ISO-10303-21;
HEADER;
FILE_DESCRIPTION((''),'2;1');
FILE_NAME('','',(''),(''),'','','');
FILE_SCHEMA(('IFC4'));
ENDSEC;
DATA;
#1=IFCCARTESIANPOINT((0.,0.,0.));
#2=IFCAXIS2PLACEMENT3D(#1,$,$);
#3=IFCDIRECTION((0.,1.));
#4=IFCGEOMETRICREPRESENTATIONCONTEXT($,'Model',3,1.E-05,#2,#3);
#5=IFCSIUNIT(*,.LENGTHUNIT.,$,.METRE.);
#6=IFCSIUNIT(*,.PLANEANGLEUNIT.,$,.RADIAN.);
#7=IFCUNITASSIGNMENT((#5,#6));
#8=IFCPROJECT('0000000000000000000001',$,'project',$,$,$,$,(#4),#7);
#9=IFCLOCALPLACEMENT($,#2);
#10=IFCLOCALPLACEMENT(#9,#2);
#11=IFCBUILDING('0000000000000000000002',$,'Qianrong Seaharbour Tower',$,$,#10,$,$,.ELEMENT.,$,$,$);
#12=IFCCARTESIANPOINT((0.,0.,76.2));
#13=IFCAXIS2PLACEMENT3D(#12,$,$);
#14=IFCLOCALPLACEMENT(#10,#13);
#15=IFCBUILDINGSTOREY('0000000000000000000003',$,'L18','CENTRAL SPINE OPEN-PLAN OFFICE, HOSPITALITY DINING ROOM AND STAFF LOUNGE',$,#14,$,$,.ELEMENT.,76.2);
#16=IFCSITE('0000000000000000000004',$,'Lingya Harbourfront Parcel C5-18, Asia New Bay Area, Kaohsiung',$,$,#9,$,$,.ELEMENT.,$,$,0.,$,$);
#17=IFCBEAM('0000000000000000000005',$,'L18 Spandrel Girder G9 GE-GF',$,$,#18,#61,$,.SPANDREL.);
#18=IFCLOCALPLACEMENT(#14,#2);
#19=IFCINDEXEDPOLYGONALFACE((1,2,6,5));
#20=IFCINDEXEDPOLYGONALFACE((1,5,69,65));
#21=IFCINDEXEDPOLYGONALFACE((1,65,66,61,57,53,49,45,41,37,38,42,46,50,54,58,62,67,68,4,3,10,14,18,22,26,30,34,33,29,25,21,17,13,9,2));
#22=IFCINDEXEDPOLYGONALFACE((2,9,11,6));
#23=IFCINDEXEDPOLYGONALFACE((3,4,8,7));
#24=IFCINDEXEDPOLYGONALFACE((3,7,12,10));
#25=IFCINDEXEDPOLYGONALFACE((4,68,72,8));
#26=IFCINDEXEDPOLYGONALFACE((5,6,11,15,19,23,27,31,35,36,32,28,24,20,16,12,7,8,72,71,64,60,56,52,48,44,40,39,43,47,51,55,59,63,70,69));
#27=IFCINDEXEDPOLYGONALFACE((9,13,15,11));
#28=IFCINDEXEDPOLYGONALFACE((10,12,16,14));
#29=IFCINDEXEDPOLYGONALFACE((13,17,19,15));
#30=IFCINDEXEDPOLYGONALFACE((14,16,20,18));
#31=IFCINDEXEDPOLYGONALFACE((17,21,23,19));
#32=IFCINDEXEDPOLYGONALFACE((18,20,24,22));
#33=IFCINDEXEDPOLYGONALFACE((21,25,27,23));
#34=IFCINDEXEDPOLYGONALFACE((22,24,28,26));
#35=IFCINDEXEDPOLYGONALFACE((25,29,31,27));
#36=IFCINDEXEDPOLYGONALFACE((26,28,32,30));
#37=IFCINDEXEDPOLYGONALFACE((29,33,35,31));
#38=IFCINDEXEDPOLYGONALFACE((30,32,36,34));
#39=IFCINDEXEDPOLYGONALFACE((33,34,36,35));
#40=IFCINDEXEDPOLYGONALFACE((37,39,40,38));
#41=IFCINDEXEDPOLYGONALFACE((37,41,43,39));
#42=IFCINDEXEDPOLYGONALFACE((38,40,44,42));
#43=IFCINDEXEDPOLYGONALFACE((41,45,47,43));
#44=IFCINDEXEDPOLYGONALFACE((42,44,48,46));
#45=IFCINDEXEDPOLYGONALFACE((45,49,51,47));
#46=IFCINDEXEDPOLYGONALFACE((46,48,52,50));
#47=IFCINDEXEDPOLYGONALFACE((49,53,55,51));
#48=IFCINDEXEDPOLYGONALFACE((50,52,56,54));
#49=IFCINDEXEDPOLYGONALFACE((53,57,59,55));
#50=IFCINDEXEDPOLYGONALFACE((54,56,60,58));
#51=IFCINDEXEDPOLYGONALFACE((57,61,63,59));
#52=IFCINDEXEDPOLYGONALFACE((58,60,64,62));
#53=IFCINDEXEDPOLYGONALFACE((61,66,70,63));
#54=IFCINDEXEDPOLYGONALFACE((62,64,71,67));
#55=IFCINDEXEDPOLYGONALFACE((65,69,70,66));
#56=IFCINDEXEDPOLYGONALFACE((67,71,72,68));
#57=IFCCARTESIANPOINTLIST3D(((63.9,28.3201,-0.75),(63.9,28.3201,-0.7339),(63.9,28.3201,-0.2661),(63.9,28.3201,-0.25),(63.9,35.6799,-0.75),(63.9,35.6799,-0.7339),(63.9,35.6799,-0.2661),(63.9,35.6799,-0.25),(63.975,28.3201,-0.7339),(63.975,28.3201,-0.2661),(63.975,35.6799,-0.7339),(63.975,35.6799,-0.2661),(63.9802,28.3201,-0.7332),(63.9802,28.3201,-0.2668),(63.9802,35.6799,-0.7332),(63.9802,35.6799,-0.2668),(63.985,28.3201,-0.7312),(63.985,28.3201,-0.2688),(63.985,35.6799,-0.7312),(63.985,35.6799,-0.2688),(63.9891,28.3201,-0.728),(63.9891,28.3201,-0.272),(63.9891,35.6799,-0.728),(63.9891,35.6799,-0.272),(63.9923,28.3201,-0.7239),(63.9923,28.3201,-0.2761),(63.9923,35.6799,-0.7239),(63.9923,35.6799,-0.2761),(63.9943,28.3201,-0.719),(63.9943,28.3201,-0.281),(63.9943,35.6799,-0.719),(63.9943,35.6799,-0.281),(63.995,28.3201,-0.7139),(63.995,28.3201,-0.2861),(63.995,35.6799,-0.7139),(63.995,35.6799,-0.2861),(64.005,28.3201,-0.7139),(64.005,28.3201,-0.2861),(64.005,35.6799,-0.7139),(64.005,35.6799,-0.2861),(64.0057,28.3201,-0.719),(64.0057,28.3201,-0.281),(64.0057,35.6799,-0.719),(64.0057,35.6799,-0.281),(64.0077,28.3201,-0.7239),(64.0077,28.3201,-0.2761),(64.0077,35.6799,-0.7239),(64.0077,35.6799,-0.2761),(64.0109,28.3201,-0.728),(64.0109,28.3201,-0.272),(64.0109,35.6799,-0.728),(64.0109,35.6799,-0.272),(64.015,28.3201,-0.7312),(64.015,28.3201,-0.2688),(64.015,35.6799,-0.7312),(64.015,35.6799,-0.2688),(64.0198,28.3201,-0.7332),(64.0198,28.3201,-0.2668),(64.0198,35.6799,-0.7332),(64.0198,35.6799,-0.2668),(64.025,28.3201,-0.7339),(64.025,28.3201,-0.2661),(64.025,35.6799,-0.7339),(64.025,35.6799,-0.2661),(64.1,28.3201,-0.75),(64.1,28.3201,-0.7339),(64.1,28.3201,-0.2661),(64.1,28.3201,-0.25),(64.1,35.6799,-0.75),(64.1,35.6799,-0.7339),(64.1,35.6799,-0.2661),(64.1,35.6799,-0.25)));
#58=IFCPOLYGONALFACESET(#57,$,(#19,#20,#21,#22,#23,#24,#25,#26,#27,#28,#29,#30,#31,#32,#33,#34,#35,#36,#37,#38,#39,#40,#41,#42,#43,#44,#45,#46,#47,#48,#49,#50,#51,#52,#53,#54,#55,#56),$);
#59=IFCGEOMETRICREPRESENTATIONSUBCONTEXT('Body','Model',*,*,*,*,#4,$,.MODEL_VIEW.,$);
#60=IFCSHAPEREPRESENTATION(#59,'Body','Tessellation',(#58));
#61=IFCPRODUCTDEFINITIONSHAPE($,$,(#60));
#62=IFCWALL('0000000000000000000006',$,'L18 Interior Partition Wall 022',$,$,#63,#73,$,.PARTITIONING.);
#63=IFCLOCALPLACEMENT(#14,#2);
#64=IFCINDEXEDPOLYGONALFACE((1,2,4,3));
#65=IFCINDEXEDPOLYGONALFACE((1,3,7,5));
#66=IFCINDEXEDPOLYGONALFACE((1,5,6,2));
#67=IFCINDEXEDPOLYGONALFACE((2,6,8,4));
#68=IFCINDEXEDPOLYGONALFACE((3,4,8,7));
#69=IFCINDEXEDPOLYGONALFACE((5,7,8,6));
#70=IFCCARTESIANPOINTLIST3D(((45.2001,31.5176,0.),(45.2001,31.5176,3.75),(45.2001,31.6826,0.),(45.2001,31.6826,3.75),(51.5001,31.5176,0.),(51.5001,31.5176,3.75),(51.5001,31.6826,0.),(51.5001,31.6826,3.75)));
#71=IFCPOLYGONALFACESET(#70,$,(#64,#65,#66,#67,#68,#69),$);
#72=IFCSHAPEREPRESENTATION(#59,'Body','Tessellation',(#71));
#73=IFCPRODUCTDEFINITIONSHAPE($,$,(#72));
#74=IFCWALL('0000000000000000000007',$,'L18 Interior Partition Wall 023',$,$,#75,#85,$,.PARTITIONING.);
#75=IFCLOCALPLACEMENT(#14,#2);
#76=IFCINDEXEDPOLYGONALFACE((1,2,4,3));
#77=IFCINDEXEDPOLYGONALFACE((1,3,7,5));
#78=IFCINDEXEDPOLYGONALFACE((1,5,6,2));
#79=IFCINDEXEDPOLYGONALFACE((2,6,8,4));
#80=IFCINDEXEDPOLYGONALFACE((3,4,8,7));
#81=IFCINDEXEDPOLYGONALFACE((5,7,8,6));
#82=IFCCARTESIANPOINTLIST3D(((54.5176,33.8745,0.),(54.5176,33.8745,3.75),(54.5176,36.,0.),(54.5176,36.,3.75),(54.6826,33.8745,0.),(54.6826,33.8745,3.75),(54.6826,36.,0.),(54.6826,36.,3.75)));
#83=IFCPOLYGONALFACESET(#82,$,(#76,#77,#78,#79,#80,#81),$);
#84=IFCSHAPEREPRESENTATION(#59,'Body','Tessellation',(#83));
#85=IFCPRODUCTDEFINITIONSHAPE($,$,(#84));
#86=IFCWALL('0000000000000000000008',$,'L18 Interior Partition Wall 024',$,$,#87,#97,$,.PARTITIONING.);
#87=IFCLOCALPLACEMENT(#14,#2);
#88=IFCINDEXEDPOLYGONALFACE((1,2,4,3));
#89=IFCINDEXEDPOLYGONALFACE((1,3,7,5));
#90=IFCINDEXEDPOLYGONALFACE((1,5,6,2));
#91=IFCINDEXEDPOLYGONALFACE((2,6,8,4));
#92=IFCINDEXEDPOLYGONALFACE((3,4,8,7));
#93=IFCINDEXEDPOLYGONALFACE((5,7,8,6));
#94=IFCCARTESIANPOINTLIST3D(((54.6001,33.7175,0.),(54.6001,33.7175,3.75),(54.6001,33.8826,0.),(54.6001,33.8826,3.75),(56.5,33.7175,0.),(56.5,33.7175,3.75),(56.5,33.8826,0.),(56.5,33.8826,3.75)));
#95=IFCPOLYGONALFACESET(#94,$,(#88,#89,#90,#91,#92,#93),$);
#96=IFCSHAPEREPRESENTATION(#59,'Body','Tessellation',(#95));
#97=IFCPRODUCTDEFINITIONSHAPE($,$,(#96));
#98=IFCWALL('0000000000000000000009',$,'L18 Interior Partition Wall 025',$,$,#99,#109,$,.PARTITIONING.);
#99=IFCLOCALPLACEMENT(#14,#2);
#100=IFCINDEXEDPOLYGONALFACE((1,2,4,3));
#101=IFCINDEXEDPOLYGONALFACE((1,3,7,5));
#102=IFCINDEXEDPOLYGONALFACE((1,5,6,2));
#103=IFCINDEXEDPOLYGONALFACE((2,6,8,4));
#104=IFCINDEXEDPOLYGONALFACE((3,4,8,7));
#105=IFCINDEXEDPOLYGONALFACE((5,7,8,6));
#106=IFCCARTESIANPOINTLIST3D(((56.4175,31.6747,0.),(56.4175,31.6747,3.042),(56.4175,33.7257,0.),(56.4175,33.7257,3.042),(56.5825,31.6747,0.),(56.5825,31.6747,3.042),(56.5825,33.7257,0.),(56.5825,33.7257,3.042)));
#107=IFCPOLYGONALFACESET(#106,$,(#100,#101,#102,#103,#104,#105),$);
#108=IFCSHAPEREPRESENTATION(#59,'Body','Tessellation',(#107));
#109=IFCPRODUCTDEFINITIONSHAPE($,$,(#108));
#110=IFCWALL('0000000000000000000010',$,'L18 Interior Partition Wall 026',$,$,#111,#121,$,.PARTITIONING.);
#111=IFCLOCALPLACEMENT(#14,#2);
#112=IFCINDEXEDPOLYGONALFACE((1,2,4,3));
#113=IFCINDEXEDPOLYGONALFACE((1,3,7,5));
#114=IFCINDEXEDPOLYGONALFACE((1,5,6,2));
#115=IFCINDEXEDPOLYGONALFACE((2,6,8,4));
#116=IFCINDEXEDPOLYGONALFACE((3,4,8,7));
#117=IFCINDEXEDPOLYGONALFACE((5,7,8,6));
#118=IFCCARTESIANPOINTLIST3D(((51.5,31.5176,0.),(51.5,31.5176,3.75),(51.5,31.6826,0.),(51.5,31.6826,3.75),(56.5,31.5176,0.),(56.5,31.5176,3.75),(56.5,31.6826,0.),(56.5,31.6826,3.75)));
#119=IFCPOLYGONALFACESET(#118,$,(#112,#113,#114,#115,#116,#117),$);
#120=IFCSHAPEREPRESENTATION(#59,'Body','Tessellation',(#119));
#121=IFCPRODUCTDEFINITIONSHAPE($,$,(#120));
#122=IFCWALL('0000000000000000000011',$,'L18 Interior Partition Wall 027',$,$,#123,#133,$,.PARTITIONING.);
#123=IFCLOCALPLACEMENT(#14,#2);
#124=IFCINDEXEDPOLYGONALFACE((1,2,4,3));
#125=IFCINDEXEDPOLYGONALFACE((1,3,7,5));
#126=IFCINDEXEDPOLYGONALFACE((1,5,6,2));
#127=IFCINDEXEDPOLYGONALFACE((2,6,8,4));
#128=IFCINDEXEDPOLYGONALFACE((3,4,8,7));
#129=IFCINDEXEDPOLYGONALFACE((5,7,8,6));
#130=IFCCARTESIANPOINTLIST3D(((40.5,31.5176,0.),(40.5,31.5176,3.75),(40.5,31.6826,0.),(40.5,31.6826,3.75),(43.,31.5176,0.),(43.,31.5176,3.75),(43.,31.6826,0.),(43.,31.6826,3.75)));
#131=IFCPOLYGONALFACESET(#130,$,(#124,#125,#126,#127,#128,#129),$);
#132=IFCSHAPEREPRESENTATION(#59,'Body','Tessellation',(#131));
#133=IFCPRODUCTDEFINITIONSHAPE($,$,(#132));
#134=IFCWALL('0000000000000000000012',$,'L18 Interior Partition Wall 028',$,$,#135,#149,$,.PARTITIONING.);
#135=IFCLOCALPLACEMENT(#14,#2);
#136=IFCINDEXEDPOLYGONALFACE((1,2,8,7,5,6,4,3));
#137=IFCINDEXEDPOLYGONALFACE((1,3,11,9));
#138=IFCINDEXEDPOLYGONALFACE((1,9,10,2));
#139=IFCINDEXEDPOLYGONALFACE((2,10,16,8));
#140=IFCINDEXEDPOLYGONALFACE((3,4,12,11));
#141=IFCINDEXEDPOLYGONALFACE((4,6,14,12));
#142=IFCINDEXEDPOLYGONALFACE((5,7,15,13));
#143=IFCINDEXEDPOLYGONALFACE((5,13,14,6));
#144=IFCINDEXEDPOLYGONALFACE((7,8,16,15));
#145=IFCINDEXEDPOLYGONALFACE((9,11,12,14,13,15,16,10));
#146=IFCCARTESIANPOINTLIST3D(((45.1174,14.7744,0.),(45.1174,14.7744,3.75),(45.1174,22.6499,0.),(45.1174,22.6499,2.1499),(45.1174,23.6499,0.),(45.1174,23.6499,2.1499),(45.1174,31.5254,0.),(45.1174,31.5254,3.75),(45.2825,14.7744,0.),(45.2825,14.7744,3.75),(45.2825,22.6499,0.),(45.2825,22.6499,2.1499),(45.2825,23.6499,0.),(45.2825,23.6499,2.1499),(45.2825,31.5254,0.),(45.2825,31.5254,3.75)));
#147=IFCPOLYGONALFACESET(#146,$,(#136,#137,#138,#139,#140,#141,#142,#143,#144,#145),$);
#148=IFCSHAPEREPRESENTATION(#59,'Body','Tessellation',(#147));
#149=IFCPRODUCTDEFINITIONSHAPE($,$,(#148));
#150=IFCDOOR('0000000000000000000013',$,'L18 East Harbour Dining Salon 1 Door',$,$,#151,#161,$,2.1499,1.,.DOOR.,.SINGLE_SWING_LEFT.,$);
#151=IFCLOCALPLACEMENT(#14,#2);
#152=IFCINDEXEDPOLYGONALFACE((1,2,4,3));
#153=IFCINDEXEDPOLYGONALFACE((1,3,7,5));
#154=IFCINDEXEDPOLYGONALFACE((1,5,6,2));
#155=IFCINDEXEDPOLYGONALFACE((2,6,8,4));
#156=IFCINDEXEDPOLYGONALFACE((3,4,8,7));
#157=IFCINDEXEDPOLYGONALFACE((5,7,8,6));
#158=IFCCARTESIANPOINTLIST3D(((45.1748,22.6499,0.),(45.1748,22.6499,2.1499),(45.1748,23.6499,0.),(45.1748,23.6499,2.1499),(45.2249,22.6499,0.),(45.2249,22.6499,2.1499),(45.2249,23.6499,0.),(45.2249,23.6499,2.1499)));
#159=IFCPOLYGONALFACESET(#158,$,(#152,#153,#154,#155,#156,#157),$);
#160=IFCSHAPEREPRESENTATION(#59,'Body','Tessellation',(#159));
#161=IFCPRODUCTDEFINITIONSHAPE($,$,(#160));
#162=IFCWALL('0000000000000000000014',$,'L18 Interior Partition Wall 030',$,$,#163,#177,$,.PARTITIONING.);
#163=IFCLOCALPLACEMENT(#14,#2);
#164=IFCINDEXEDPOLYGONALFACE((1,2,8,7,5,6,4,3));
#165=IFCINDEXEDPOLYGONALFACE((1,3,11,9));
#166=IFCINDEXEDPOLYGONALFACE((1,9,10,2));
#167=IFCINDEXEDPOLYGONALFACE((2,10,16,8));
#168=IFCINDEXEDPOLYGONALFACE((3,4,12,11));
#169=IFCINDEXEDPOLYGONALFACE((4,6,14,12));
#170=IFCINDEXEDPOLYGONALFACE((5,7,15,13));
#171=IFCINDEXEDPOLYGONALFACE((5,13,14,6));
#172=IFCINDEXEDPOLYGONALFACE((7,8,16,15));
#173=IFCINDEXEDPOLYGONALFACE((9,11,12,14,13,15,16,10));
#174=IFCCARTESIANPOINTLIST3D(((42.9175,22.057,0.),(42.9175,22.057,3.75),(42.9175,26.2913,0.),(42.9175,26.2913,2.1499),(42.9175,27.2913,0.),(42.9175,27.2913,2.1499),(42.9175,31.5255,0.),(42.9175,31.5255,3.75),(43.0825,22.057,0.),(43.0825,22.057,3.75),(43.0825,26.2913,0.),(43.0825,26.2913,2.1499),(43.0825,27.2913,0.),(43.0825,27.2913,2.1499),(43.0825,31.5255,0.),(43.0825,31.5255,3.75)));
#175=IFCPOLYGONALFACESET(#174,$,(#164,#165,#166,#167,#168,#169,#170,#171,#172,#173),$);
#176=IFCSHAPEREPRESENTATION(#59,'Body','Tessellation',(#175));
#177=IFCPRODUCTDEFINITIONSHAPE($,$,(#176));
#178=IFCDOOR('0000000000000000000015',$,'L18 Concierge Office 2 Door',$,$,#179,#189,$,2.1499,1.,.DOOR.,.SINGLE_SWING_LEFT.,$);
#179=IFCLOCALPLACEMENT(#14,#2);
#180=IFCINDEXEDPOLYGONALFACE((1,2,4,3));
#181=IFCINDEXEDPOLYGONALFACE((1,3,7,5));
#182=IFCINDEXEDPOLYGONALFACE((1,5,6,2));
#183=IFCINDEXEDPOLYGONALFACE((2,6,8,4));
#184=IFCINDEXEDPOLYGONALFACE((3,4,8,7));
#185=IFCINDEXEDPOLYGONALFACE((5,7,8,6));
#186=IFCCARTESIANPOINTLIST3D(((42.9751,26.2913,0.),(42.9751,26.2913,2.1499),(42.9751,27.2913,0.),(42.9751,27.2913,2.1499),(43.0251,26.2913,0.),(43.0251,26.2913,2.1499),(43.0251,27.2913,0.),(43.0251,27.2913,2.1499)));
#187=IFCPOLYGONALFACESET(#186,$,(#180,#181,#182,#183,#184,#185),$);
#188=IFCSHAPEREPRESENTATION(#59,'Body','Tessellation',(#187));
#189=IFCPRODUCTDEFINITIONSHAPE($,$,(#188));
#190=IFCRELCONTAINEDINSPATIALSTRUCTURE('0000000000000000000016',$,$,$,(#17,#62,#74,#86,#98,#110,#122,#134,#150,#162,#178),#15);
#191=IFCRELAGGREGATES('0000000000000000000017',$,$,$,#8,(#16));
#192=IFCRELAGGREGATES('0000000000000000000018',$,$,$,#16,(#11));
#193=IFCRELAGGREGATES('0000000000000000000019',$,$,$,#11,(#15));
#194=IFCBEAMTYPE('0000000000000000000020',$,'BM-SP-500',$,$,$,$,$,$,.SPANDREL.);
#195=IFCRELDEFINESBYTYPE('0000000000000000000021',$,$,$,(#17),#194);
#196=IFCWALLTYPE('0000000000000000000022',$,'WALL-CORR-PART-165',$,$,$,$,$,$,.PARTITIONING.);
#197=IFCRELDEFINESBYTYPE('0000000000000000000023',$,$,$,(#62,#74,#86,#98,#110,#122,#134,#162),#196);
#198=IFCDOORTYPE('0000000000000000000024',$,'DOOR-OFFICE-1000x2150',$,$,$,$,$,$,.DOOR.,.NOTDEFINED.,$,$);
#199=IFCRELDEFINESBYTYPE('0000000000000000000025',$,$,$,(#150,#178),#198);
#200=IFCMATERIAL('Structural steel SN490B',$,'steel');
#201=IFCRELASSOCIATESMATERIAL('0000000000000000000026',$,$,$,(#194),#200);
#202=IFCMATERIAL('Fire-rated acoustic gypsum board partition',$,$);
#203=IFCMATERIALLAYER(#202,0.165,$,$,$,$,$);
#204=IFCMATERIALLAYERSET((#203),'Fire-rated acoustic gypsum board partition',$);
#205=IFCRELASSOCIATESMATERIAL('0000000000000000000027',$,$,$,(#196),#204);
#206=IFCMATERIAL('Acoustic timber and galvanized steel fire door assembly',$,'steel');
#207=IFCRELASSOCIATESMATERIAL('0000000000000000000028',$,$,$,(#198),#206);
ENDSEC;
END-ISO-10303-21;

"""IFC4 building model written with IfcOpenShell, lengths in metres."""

from ifc_helpers import new_model, si_unit, direction, frame, frame_2d, origin, origin_2d, place, context, subcontext, project, spatial, rectangle, i_section, extrude, material, layer, layer_set, material_profile, profile_set, type_object, element, fill, save


model = new_model("IFC4")

# Units and contexts
model_context = context("Model", 3, precision=1e-05, world=origin(), true_north=direction((0.0, 1.0)))
body_context = subcontext(model_context, "Body", "Model", "MODEL_VIEW")
ifc_project = project(units=[si_unit("LENGTHUNIT", "METRE"), si_unit("PLANEANGLEUNIT", "RADIAN")], contexts=[model_context])

# Site, building, storey
site_placement = place(None, origin())
site = spatial("IfcSite", under=ifc_project, at=site_placement, Name="Lingya Harbourfront Parcel C5-18, Asia New Bay Area, Kaohsiung", CompositionType="ELEMENT", RefElevation=0.0)
building_placement = place(site_placement, origin())
building = spatial("IfcBuilding", under=site, at=building_placement, Name="Qianrong Seaharbour Tower", CompositionType="ELEMENT")
storey_placement = place(building_placement, frame((0.0, 0.0, 76.2)))
storey = spatial("IfcBuildingStorey", under=building, at=storey_placement, Name="L18", Description="CENTRAL SPINE OPEN-PLAN OFFICE, HOSPITALITY DINING ROOM AND STAFF LOUNGE", CompositionType="ELEMENT", Elevation=76.2)

# Shared definitions
ifc_material_1 = material(Name="Structural steel SN490B", Category="steel")

# Beam
ifc_material_profile_1 = material_profile(ifc_material_1, i_section(OverallWidth=0.2, OverallDepth=0.5, WebThickness=0.01, FlangeThickness=0.0161, FilletRadius=0.02, at=origin_2d()), Name="H500x200x10x16")
ifc_profile_set_1 = profile_set([ifc_material_profile_1], Name="Structural steel SN490B")
beam_type_1 = type_object("IfcBeamType", Name="BM-SP-500", PredefinedType="SPANDREL", material=ifc_profile_set_1)
beam_1_placement = place(storey_placement, frame((64.0, 28.3201, -0.5), z_axis=(0.0, 1.0, 0.0), x_axis=(-1.0, 0.0, 0.0)))
element("IfcBeam", 1, at=beam_1_placement, inside=storey, type_object=beam_type_1, Name="L18 Spandrel Girder G9 GE-GF", PredefinedType="SPANDREL", context=body_context, shape_type="SweptSolid", body=[
    extrude(i_section(OverallWidth=0.2, OverallDepth=0.5, WebThickness=0.01, FlangeThickness=0.0161, FilletRadius=0.02, at=origin_2d()), origin(), (0.0, 0.0, 1.0), 7.3599),
])

# Walls
ifc_material_2 = material(Name="Fire-rated acoustic gypsum board partition")
ifc_layer_1 = layer(ifc_material_2, 0.165)
ifc_layer_set_1 = layer_set([ifc_layer_1], Name="Fire-rated acoustic gypsum board partition")
wall_type_1 = type_object("IfcWallType", Name="WALL-CORR-PART-165", PredefinedType="PARTITIONING", material=ifc_layer_set_1)
wall_1_placement = place(storey_placement, frame((51.5, 31.6001, 0.0), z_axis=(0.0, 0.0, 1.0), x_axis=(-1.0, 0.0, 0.0)))
element("IfcWall", 2, at=wall_1_placement, inside=storey, type_object=wall_type_1, Name="L18 Interior Partition Wall 022", PredefinedType="PARTITIONING", context=body_context, shape_type="SweptSolid", body=[
    extrude(rectangle(XDim=6.3, YDim=0.165, at=frame_2d((3.1499, 0.0))), origin(), (0.0, 0.0, 1.0), 3.75),
])
wall_2_placement = place(storey_placement, frame((54.6001, 36.0, 0.0), z_axis=(0.0, 0.0, 1.0), x_axis=(0.0, -1.0, 0.0)))
element("IfcWall", 3, at=wall_2_placement, inside=storey, type_object=wall_type_1, Name="L18 Interior Partition Wall 023", PredefinedType="PARTITIONING", context=body_context, shape_type="SweptSolid", body=[
    extrude(rectangle(XDim=2.1255, YDim=0.165, at=frame_2d((1.0627, 0.0))), origin(), (0.0, 0.0, 1.0), 3.75),
])
wall_3_placement = place(storey_placement, frame((54.6001, 33.8, 0.0), z_axis=(0.0, 0.0, 1.0), x_axis=(1.0, 0.0, 0.0)))
element("IfcWall", 4, at=wall_3_placement, inside=storey, type_object=wall_type_1, Name="L18 Interior Partition Wall 024", PredefinedType="PARTITIONING", context=body_context, shape_type="SweptSolid", body=[
    extrude(rectangle(XDim=1.8999, YDim=0.165, at=frame_2d((0.95, 0.0))), origin(), (0.0, 0.0, 1.0), 3.75),
])
wall_4_placement = place(storey_placement, frame((56.5, 33.7256, 0.0), z_axis=(0.0, 0.0, 1.0), x_axis=(0.0, -1.0, 0.0)))
element("IfcWall", 5, at=wall_4_placement, inside=storey, type_object=wall_type_1, Name="L18 Interior Partition Wall 025", PredefinedType="PARTITIONING", context=body_context, shape_type="SweptSolid", body=[
    extrude(rectangle(XDim=2.051, YDim=0.165, at=frame_2d((1.0254, 0.0))), origin(), (0.0, 0.0, 1.0), 3.042),
])
wall_5_placement = place(storey_placement, frame((56.5, 31.6001, 0.0), z_axis=(0.0, 0.0, 1.0), x_axis=(-1.0, 0.0, 0.0)))
element("IfcWall", 6, at=wall_5_placement, inside=storey, type_object=wall_type_1, Name="L18 Interior Partition Wall 026", PredefinedType="PARTITIONING", context=body_context, shape_type="SweptSolid", body=[
    extrude(rectangle(XDim=5.0, YDim=0.165, at=frame_2d((2.5, 0.0))), origin(), (0.0, 0.0, 1.0), 3.75),
])
wall_6_placement = place(storey_placement, frame((43.0, 31.6001, 0.0), z_axis=(0.0, 0.0, 1.0), x_axis=(-1.0, 0.0, 0.0)))
element("IfcWall", 7, at=wall_6_placement, inside=storey, type_object=wall_type_1, Name="L18 Interior Partition Wall 027", PredefinedType="PARTITIONING", context=body_context, shape_type="SweptSolid", body=[
    extrude(rectangle(XDim=2.5, YDim=0.165, at=frame_2d((1.25, 0.0))), origin(), (0.0, 0.0, 1.0), 3.75),
])

# Walls, openings, doors
wall_7_placement = place(storey_placement, frame((45.2, 31.5254, 0.0), z_axis=(0.0, 0.0, 1.0), x_axis=(0.0, -1.0, 0.0)))
wall_7 = element("IfcWall", 8, at=wall_7_placement, inside=storey, type_object=wall_type_1, Name="L18 Interior Partition Wall 028", PredefinedType="PARTITIONING", context=body_context, shape_type="SweptSolid", body=[
    extrude(rectangle(XDim=16.751, YDim=0.165, at=frame_2d((8.3755, 0.0))), origin(), (0.0, 0.0, 1.0), 3.75),
])
opening_1_placement = place(wall_7_placement, frame((7.8755, 0.0, 0.0)))
opening_1 = element("IfcOpeningElement", 9, at=opening_1_placement, cuts=wall_7, PredefinedType="OPENING", context=body_context, shape_type="SweptSolid", body=[
    extrude(rectangle(XDim=1.0, YDim=2.1499, at=frame_2d((0.5, 1.075))), frame((0.0, 0.0925, 0.0), z_axis=(0.0, -1.0, 0.0), x_axis=(1.0, 0.0, 0.0)), (0.0, 0.0, 1.0), 0.1851),
])
ifc_material_3 = material(Name="Acoustic timber and galvanized steel fire door assembly", Category="steel")
door_type = type_object("IfcDoorType", Name="DOOR-OFFICE-1000x2150", OperationType="NOTDEFINED", PredefinedType="DOOR", material=ifc_material_3)
door_1_placement = place(opening_1_placement, origin())
door_1 = element("IfcDoor", 10, at=door_1_placement, inside=storey, type_object=door_type, Name="L18 East Harbour Dining Salon 1 Door", OperationType="SINGLE_SWING_LEFT", OverallHeight=2.1499, OverallWidth=1.0, PredefinedType="DOOR", context=body_context, shape_type="SweptSolid", body=[
    extrude(rectangle(XDim=1.0, YDim=2.1499, at=frame_2d((0.5, 1.075))), frame((0.0, 0.0249, 0.0), z_axis=(0.0, -1.0, 0.0), x_axis=(1.0, 0.0, 0.0)), (0.0, 0.0, 1.0), 0.05),
])
fill(opening_1, door_1)
wall_8_placement = place(storey_placement, frame((43.0, 22.0569, 0.0), z_axis=(0.0, 0.0, 1.0), x_axis=(0.0, 1.0, 0.0)))
wall_8 = element("IfcWall", 11, at=wall_8_placement, inside=storey, type_object=wall_type_1, Name="L18 Interior Partition Wall 030", PredefinedType="PARTITIONING", context=body_context, shape_type="SweptSolid", body=[
    extrude(rectangle(XDim=9.4685, YDim=0.165, at=frame_2d((4.7344, 0.0))), origin(), (0.0, 0.0, 1.0), 3.75),
])
opening_2_placement = place(wall_8_placement, frame((4.2344, 0.0, 0.0)))
opening_2 = element("IfcOpeningElement", 12, at=opening_2_placement, cuts=wall_8, PredefinedType="OPENING", context=body_context, shape_type="SweptSolid", body=[
    extrude(rectangle(XDim=1.0, YDim=2.1499, at=frame_2d((0.5, 1.075))), frame((0.0, 0.0925, 0.0), z_axis=(0.0, -1.0, 0.0), x_axis=(1.0, 0.0, 0.0)), (0.0, 0.0, 1.0), 0.1851),
])
door_2_placement = place(opening_2_placement, origin())
door_2 = element("IfcDoor", 13, at=door_2_placement, inside=storey, type_object=door_type, Name="L18 Concierge Office 2 Door", OperationType="SINGLE_SWING_LEFT", OverallHeight=2.1499, OverallWidth=1.0, PredefinedType="DOOR", context=body_context, shape_type="SweptSolid", body=[
    extrude(rectangle(XDim=1.0, YDim=2.1499, at=frame_2d((0.5, 1.075))), frame((0.0, 0.0249, 0.0), z_axis=(0.0, -1.0, 0.0), x_axis=(1.0, 0.0, 0.0)), (0.0, 0.0, 1.0), 0.05),
])
fill(opening_2, door_2)

save(model, "model.ifc")
